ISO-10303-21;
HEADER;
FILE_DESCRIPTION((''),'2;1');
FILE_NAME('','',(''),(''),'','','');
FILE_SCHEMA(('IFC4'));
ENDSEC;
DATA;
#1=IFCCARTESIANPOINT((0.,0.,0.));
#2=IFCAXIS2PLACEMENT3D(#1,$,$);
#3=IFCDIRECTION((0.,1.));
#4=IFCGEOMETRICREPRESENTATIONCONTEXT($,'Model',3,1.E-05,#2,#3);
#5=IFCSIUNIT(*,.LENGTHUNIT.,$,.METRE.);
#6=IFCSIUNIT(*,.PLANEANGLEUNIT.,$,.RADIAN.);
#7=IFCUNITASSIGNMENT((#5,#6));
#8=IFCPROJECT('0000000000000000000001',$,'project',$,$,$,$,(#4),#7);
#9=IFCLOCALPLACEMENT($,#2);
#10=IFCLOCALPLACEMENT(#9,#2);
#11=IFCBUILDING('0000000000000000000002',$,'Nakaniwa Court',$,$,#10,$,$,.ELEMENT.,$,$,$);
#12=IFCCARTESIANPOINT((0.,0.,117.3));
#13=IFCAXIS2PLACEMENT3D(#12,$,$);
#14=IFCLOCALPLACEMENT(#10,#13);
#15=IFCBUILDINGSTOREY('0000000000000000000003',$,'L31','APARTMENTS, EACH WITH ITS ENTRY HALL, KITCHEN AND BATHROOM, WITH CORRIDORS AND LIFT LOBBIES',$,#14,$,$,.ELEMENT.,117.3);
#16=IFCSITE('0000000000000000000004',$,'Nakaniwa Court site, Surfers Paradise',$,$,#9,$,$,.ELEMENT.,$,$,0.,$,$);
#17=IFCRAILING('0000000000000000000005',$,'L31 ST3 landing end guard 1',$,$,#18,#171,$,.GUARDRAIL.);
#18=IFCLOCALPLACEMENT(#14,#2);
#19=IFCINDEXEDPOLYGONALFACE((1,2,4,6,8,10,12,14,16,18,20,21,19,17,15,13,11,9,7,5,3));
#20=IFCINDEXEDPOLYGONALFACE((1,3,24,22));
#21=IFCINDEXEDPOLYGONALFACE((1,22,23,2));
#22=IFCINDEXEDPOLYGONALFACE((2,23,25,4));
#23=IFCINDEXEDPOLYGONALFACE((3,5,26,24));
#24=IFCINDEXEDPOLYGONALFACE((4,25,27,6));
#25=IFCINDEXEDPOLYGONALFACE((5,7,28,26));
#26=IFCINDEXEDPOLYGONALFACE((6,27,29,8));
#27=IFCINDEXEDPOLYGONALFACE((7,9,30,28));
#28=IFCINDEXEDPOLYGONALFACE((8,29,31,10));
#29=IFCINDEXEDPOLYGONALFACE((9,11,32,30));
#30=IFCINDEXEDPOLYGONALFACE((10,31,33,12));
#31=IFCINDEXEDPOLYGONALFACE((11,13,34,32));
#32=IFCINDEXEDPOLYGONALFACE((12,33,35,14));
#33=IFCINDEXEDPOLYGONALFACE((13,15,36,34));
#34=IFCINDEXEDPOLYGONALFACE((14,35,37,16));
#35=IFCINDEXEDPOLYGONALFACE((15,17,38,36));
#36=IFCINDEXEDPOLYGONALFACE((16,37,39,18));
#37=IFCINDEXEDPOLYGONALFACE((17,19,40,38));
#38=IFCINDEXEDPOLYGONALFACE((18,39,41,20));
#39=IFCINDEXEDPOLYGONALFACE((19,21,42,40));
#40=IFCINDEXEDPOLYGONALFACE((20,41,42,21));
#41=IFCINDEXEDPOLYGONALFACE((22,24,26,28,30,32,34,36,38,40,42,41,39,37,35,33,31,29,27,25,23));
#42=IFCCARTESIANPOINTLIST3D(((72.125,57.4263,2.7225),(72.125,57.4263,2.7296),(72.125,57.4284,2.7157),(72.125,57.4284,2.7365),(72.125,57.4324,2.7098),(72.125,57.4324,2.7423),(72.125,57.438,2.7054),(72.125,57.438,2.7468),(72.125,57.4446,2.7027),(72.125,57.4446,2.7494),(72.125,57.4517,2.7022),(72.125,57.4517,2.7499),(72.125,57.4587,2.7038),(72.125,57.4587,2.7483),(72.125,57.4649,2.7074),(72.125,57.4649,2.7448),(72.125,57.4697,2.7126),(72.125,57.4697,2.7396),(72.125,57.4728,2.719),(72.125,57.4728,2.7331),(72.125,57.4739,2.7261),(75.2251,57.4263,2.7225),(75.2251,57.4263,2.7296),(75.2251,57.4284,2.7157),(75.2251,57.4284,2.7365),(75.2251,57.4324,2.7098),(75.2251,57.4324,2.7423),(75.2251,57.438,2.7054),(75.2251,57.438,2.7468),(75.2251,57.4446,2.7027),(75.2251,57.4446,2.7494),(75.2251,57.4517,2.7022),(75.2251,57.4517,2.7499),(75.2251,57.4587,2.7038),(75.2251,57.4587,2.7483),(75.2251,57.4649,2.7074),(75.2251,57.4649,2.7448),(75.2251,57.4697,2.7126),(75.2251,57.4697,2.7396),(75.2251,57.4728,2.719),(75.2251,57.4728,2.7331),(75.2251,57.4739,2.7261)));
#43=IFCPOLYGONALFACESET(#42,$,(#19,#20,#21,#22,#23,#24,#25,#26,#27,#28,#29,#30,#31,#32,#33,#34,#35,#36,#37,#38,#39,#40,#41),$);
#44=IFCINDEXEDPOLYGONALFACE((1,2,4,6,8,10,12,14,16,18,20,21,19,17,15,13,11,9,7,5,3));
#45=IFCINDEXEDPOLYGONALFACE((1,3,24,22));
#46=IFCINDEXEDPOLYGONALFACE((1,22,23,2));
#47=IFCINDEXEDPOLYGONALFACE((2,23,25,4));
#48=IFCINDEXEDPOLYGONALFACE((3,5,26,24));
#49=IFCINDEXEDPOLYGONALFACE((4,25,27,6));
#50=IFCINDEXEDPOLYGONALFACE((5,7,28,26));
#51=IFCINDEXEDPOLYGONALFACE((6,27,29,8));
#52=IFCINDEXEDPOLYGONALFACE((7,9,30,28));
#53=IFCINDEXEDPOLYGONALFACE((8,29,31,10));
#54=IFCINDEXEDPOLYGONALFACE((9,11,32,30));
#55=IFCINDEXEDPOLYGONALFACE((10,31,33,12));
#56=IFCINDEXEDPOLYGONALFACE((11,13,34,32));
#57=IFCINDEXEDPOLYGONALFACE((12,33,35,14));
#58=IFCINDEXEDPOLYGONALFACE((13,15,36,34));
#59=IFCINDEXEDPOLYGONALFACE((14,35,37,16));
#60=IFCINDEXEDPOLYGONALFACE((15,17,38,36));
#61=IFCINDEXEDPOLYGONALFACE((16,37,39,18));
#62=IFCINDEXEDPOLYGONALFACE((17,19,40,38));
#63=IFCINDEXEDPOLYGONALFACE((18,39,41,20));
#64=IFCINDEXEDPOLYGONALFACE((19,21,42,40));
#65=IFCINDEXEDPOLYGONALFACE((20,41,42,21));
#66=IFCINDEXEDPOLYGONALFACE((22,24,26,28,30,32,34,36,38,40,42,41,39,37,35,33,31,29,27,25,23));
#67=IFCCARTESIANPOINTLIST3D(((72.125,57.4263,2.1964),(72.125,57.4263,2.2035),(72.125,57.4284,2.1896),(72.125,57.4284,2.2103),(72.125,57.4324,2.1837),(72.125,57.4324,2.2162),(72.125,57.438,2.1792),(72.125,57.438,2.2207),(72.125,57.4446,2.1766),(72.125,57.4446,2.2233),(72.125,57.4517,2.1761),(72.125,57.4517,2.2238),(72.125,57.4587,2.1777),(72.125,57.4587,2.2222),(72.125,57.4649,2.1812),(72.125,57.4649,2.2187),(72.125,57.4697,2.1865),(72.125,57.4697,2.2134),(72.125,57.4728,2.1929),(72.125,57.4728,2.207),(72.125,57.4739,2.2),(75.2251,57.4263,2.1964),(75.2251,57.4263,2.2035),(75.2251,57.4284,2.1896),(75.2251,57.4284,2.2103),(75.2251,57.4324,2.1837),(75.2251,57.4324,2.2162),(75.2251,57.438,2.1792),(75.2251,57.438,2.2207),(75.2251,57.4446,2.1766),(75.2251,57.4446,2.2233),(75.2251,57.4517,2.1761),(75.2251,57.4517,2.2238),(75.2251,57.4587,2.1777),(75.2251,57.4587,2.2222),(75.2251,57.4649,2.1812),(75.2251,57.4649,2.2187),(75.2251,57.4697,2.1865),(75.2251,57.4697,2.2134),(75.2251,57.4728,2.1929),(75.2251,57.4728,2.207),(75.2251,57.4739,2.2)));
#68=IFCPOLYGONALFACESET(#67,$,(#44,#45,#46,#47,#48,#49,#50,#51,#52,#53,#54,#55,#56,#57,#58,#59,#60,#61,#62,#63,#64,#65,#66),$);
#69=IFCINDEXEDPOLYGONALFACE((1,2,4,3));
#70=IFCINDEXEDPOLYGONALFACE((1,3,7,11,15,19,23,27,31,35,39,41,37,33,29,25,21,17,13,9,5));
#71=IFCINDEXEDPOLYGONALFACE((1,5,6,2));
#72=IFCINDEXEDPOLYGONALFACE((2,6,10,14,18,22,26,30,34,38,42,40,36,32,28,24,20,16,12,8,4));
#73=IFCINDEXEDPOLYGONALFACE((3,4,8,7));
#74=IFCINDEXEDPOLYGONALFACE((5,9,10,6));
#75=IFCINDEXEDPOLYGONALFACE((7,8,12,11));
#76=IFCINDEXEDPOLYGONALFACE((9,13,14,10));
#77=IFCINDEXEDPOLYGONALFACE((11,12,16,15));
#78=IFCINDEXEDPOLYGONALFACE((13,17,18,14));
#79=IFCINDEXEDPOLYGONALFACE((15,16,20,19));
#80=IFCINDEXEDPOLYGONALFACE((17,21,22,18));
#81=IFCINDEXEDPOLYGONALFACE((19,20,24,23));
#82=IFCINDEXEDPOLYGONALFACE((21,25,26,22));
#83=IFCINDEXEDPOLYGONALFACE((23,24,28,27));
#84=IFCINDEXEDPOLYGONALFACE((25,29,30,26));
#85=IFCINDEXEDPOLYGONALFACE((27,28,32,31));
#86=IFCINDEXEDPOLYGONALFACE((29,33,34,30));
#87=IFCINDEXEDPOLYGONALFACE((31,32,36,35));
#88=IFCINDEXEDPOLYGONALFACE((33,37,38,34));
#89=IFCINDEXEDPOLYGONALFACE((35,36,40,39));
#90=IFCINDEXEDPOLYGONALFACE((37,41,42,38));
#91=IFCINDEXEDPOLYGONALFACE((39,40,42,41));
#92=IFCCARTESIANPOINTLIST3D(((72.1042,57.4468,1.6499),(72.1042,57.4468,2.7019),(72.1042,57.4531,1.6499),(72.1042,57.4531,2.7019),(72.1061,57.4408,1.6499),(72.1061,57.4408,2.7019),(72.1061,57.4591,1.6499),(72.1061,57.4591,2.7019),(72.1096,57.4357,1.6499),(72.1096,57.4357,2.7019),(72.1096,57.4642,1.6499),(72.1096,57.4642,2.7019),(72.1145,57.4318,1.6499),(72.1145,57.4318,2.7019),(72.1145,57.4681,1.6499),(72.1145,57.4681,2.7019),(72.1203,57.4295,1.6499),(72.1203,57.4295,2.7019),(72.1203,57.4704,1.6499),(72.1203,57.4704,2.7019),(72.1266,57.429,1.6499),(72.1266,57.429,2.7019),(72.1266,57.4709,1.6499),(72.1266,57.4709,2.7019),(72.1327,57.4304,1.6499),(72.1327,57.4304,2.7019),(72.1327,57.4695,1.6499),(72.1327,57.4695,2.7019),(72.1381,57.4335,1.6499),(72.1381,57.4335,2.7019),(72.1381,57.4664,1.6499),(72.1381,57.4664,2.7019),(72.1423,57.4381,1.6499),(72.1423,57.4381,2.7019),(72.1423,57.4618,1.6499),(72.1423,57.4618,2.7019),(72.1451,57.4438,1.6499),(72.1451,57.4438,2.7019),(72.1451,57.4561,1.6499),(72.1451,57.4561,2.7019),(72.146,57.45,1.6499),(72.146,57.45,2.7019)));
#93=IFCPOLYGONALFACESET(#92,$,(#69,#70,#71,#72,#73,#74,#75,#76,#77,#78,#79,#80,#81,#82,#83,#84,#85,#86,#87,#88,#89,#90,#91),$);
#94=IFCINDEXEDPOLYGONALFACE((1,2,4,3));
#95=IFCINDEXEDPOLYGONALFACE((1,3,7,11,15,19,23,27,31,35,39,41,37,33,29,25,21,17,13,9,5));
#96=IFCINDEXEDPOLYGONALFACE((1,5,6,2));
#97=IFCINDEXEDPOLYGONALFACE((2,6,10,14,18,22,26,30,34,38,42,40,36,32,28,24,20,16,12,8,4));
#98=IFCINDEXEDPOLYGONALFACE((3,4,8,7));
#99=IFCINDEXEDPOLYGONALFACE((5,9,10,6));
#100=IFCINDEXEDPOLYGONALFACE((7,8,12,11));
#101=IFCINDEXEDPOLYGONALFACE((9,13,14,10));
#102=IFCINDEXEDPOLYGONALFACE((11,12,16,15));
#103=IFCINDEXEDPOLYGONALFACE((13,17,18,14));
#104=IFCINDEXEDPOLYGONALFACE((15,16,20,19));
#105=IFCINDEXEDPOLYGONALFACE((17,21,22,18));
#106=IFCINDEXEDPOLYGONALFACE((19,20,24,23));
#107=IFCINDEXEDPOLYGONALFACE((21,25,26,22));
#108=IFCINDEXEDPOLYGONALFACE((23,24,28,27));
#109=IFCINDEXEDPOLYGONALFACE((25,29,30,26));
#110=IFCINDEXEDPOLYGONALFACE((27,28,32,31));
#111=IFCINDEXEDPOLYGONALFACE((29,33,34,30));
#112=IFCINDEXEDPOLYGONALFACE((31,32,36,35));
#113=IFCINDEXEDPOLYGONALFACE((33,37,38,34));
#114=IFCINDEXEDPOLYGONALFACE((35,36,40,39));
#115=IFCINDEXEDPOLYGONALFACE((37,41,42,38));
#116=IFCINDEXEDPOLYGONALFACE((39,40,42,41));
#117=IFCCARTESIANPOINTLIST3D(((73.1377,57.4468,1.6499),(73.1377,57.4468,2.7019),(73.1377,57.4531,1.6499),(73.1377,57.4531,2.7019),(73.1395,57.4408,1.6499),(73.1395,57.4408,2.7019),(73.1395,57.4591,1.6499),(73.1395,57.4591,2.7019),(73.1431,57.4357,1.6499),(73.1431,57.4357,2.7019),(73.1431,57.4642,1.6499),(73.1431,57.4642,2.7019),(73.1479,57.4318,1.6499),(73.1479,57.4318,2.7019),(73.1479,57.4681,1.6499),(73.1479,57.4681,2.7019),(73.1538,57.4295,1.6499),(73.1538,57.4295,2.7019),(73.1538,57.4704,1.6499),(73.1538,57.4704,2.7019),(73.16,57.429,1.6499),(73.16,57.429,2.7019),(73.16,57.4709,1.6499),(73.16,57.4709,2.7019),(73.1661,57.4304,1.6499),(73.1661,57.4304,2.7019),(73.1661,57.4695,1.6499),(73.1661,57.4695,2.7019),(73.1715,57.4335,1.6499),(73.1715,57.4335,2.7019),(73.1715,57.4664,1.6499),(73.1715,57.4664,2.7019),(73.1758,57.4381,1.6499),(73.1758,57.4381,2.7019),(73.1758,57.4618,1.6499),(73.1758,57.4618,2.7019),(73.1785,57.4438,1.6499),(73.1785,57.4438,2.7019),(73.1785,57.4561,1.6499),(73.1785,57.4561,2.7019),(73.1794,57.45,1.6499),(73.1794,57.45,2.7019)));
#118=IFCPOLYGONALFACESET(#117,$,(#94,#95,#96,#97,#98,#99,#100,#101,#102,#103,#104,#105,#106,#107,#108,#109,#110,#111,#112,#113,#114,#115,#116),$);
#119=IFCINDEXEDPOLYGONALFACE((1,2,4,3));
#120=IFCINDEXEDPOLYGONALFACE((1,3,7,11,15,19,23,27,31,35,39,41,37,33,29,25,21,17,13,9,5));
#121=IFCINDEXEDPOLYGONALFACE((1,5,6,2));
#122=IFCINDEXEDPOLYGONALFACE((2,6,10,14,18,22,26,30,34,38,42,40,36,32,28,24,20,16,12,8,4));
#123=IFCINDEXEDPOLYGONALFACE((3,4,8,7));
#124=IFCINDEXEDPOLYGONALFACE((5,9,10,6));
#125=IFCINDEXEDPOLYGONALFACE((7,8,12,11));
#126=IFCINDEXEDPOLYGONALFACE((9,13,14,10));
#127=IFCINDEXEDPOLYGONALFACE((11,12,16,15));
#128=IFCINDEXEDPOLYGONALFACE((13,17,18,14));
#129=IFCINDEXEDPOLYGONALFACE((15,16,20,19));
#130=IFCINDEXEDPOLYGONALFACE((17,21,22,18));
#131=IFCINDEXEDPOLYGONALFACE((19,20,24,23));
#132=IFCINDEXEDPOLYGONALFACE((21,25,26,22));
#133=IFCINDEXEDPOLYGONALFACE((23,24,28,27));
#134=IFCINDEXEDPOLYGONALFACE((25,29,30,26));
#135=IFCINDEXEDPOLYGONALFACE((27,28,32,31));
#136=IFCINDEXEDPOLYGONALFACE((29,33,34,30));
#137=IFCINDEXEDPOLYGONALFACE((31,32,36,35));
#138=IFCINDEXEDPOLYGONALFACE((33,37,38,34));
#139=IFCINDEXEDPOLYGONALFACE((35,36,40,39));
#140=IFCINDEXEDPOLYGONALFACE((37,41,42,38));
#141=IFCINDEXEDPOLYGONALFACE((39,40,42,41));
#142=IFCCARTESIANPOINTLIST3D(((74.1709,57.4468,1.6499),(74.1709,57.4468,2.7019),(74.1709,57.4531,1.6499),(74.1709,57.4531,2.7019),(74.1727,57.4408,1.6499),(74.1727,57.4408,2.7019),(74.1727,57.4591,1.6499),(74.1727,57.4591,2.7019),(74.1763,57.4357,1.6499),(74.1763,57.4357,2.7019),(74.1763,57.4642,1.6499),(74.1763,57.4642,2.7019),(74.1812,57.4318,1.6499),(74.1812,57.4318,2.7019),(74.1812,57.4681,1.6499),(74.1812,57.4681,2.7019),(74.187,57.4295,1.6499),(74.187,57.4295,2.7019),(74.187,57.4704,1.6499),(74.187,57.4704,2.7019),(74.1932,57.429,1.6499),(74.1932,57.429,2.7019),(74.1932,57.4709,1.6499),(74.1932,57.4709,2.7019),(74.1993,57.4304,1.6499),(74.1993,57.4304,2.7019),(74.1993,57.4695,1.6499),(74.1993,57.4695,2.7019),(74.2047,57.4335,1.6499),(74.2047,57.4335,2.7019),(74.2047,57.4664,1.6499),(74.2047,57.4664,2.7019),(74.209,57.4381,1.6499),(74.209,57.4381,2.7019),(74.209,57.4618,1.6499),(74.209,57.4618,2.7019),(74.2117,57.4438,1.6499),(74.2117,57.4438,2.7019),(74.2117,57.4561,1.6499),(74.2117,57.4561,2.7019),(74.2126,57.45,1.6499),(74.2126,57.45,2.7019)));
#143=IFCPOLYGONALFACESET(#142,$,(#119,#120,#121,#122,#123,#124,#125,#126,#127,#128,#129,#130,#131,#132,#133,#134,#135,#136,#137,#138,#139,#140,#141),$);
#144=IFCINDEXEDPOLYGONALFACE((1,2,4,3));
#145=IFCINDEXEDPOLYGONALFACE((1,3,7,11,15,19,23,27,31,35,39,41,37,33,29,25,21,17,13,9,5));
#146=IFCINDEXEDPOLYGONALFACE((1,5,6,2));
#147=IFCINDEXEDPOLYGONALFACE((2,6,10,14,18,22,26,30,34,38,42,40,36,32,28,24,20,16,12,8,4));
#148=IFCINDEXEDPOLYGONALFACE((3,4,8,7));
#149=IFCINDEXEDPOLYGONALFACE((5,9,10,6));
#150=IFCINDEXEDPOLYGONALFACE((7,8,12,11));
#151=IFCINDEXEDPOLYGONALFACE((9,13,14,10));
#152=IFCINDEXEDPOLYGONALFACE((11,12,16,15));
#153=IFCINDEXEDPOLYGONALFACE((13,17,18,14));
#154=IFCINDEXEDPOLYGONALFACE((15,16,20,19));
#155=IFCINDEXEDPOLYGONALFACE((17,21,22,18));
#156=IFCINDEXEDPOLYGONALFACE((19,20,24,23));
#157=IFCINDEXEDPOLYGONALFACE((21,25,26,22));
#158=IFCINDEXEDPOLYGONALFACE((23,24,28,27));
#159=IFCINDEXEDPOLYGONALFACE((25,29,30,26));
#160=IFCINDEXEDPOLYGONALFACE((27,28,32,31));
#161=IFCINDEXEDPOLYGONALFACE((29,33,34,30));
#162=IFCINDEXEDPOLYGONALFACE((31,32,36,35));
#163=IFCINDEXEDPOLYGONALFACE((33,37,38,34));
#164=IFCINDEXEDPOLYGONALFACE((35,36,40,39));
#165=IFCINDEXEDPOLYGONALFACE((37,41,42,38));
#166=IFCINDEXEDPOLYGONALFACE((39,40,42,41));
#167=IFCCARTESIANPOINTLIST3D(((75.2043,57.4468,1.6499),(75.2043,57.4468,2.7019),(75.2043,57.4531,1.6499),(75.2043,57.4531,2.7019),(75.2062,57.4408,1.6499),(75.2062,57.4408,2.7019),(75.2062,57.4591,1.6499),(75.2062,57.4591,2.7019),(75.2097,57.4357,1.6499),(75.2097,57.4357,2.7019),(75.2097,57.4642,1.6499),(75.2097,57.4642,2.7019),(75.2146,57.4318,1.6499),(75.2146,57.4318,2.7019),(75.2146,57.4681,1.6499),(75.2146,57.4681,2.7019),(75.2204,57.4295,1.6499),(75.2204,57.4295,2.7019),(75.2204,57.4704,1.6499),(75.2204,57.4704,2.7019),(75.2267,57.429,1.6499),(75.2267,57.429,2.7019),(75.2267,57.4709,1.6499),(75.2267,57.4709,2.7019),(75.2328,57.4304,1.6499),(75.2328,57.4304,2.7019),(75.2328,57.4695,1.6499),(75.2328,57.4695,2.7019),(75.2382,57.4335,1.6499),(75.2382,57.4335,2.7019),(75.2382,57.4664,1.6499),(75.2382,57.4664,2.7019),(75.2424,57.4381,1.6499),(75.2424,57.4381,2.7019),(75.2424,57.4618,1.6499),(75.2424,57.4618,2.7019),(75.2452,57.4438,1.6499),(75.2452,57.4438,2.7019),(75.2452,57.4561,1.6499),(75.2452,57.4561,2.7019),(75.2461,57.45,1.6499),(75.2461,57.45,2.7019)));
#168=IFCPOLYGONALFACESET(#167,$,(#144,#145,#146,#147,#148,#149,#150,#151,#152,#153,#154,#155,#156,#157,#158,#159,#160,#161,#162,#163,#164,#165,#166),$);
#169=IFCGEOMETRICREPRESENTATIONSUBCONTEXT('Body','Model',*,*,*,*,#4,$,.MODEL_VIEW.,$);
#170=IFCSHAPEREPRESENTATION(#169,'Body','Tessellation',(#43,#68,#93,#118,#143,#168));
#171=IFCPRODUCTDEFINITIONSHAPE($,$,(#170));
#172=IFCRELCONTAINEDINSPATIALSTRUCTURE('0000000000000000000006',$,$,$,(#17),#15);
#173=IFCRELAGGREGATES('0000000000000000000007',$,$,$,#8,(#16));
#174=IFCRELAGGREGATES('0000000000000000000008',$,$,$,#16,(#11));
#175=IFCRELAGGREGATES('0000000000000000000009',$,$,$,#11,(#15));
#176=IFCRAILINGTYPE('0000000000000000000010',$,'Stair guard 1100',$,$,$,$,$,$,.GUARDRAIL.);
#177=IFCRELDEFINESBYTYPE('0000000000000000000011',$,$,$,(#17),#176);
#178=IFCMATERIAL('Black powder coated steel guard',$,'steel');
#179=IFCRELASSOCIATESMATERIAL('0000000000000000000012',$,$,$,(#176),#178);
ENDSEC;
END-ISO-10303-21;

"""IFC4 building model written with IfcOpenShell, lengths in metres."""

from ifc_helpers import new_model, si_unit, direction, frame, origin, origin_2d, place, context, subcontext, project, spatial, circle, extrude, material, type_object, element, save


model = new_model("IFC4")

# Units and contexts
model_context = context("Model", 3, precision=1e-05, world=origin(), true_north=direction((0.0, 1.0)))
body_context = subcontext(model_context, "Body", "Model", "MODEL_VIEW")
ifc_project = project(units=[si_unit("LENGTHUNIT", "METRE"), si_unit("PLANEANGLEUNIT", "RADIAN")], contexts=[model_context])

# Site, building, storey
site_placement = place(None, origin())
site = spatial("IfcSite", under=ifc_project, at=site_placement, Name="Nakaniwa Court site, Surfers Paradise", CompositionType="ELEMENT", RefElevation=0.0)
building_placement = place(site_placement, origin())
building = spatial("IfcBuilding", under=site, at=building_placement, Name="Nakaniwa Court", CompositionType="ELEMENT")
storey_placement = place(building_placement, frame((0.0, 0.0, 117.3)))
storey = spatial("IfcBuildingStorey", under=building, at=storey_placement, Name="L31", Description="APARTMENTS, EACH WITH ITS ENTRY HALL, KITCHEN AND BATHROOM, WITH CORRIDORS AND LIFT LOBBIES", CompositionType="ELEMENT", Elevation=117.3)

# Railing
ifc_material_1 = material(Name="Black powder coated steel guard", Category="steel")
railing_type_1 = type_object("IfcRailingType", Name="Stair guard 1100", PredefinedType="GUARDRAIL", material=ifc_material_1)
railing_1_placement = place(storey_placement, frame((72.125, 57.45, 1.6499)))
element("IfcRailing", 1, at=railing_1_placement, inside=storey, type_object=railing_type_1, Name="L31 ST3 landing end guard 1", PredefinedType="GUARDRAIL", context=body_context, shape_type="SweptSolid", body=[
    extrude(circle(Radius=0.0239, at=origin_2d()), frame((0.0, 0.0, 1.0762), z_axis=(1.0, 0.0, 0.0), x_axis=(0.0, 1.0, 0.0)), (0.0, 0.0, 1.0), 3.1001),
    extrude(circle(Radius=0.0239, at=origin_2d()), frame((0.0, 0.0, 0.55), z_axis=(1.0, 0.0, 0.0), x_axis=(0.0, 1.0, 0.0)), (0.0, 0.0, 1.0), 3.1001),
    extrude(circle(Radius=0.021, at=origin_2d()), origin(), (0.0, 0.0, 1.0), 1.052),
    extrude(circle(Radius=0.021, at=origin_2d()), frame((1.0334, 0.0, 0.0)), (0.0, 0.0, 1.0), 1.052),
    extrude(circle(Radius=0.021, at=origin_2d()), frame((2.0667, 0.0, 0.0)), (0.0, 0.0, 1.0), 1.052),
    extrude(circle(Radius=0.021, at=origin_2d()), frame((3.1001, 0.0, 0.0)), (0.0, 0.0, 1.0), 1.052),
])

save(model, "model.ifc")
